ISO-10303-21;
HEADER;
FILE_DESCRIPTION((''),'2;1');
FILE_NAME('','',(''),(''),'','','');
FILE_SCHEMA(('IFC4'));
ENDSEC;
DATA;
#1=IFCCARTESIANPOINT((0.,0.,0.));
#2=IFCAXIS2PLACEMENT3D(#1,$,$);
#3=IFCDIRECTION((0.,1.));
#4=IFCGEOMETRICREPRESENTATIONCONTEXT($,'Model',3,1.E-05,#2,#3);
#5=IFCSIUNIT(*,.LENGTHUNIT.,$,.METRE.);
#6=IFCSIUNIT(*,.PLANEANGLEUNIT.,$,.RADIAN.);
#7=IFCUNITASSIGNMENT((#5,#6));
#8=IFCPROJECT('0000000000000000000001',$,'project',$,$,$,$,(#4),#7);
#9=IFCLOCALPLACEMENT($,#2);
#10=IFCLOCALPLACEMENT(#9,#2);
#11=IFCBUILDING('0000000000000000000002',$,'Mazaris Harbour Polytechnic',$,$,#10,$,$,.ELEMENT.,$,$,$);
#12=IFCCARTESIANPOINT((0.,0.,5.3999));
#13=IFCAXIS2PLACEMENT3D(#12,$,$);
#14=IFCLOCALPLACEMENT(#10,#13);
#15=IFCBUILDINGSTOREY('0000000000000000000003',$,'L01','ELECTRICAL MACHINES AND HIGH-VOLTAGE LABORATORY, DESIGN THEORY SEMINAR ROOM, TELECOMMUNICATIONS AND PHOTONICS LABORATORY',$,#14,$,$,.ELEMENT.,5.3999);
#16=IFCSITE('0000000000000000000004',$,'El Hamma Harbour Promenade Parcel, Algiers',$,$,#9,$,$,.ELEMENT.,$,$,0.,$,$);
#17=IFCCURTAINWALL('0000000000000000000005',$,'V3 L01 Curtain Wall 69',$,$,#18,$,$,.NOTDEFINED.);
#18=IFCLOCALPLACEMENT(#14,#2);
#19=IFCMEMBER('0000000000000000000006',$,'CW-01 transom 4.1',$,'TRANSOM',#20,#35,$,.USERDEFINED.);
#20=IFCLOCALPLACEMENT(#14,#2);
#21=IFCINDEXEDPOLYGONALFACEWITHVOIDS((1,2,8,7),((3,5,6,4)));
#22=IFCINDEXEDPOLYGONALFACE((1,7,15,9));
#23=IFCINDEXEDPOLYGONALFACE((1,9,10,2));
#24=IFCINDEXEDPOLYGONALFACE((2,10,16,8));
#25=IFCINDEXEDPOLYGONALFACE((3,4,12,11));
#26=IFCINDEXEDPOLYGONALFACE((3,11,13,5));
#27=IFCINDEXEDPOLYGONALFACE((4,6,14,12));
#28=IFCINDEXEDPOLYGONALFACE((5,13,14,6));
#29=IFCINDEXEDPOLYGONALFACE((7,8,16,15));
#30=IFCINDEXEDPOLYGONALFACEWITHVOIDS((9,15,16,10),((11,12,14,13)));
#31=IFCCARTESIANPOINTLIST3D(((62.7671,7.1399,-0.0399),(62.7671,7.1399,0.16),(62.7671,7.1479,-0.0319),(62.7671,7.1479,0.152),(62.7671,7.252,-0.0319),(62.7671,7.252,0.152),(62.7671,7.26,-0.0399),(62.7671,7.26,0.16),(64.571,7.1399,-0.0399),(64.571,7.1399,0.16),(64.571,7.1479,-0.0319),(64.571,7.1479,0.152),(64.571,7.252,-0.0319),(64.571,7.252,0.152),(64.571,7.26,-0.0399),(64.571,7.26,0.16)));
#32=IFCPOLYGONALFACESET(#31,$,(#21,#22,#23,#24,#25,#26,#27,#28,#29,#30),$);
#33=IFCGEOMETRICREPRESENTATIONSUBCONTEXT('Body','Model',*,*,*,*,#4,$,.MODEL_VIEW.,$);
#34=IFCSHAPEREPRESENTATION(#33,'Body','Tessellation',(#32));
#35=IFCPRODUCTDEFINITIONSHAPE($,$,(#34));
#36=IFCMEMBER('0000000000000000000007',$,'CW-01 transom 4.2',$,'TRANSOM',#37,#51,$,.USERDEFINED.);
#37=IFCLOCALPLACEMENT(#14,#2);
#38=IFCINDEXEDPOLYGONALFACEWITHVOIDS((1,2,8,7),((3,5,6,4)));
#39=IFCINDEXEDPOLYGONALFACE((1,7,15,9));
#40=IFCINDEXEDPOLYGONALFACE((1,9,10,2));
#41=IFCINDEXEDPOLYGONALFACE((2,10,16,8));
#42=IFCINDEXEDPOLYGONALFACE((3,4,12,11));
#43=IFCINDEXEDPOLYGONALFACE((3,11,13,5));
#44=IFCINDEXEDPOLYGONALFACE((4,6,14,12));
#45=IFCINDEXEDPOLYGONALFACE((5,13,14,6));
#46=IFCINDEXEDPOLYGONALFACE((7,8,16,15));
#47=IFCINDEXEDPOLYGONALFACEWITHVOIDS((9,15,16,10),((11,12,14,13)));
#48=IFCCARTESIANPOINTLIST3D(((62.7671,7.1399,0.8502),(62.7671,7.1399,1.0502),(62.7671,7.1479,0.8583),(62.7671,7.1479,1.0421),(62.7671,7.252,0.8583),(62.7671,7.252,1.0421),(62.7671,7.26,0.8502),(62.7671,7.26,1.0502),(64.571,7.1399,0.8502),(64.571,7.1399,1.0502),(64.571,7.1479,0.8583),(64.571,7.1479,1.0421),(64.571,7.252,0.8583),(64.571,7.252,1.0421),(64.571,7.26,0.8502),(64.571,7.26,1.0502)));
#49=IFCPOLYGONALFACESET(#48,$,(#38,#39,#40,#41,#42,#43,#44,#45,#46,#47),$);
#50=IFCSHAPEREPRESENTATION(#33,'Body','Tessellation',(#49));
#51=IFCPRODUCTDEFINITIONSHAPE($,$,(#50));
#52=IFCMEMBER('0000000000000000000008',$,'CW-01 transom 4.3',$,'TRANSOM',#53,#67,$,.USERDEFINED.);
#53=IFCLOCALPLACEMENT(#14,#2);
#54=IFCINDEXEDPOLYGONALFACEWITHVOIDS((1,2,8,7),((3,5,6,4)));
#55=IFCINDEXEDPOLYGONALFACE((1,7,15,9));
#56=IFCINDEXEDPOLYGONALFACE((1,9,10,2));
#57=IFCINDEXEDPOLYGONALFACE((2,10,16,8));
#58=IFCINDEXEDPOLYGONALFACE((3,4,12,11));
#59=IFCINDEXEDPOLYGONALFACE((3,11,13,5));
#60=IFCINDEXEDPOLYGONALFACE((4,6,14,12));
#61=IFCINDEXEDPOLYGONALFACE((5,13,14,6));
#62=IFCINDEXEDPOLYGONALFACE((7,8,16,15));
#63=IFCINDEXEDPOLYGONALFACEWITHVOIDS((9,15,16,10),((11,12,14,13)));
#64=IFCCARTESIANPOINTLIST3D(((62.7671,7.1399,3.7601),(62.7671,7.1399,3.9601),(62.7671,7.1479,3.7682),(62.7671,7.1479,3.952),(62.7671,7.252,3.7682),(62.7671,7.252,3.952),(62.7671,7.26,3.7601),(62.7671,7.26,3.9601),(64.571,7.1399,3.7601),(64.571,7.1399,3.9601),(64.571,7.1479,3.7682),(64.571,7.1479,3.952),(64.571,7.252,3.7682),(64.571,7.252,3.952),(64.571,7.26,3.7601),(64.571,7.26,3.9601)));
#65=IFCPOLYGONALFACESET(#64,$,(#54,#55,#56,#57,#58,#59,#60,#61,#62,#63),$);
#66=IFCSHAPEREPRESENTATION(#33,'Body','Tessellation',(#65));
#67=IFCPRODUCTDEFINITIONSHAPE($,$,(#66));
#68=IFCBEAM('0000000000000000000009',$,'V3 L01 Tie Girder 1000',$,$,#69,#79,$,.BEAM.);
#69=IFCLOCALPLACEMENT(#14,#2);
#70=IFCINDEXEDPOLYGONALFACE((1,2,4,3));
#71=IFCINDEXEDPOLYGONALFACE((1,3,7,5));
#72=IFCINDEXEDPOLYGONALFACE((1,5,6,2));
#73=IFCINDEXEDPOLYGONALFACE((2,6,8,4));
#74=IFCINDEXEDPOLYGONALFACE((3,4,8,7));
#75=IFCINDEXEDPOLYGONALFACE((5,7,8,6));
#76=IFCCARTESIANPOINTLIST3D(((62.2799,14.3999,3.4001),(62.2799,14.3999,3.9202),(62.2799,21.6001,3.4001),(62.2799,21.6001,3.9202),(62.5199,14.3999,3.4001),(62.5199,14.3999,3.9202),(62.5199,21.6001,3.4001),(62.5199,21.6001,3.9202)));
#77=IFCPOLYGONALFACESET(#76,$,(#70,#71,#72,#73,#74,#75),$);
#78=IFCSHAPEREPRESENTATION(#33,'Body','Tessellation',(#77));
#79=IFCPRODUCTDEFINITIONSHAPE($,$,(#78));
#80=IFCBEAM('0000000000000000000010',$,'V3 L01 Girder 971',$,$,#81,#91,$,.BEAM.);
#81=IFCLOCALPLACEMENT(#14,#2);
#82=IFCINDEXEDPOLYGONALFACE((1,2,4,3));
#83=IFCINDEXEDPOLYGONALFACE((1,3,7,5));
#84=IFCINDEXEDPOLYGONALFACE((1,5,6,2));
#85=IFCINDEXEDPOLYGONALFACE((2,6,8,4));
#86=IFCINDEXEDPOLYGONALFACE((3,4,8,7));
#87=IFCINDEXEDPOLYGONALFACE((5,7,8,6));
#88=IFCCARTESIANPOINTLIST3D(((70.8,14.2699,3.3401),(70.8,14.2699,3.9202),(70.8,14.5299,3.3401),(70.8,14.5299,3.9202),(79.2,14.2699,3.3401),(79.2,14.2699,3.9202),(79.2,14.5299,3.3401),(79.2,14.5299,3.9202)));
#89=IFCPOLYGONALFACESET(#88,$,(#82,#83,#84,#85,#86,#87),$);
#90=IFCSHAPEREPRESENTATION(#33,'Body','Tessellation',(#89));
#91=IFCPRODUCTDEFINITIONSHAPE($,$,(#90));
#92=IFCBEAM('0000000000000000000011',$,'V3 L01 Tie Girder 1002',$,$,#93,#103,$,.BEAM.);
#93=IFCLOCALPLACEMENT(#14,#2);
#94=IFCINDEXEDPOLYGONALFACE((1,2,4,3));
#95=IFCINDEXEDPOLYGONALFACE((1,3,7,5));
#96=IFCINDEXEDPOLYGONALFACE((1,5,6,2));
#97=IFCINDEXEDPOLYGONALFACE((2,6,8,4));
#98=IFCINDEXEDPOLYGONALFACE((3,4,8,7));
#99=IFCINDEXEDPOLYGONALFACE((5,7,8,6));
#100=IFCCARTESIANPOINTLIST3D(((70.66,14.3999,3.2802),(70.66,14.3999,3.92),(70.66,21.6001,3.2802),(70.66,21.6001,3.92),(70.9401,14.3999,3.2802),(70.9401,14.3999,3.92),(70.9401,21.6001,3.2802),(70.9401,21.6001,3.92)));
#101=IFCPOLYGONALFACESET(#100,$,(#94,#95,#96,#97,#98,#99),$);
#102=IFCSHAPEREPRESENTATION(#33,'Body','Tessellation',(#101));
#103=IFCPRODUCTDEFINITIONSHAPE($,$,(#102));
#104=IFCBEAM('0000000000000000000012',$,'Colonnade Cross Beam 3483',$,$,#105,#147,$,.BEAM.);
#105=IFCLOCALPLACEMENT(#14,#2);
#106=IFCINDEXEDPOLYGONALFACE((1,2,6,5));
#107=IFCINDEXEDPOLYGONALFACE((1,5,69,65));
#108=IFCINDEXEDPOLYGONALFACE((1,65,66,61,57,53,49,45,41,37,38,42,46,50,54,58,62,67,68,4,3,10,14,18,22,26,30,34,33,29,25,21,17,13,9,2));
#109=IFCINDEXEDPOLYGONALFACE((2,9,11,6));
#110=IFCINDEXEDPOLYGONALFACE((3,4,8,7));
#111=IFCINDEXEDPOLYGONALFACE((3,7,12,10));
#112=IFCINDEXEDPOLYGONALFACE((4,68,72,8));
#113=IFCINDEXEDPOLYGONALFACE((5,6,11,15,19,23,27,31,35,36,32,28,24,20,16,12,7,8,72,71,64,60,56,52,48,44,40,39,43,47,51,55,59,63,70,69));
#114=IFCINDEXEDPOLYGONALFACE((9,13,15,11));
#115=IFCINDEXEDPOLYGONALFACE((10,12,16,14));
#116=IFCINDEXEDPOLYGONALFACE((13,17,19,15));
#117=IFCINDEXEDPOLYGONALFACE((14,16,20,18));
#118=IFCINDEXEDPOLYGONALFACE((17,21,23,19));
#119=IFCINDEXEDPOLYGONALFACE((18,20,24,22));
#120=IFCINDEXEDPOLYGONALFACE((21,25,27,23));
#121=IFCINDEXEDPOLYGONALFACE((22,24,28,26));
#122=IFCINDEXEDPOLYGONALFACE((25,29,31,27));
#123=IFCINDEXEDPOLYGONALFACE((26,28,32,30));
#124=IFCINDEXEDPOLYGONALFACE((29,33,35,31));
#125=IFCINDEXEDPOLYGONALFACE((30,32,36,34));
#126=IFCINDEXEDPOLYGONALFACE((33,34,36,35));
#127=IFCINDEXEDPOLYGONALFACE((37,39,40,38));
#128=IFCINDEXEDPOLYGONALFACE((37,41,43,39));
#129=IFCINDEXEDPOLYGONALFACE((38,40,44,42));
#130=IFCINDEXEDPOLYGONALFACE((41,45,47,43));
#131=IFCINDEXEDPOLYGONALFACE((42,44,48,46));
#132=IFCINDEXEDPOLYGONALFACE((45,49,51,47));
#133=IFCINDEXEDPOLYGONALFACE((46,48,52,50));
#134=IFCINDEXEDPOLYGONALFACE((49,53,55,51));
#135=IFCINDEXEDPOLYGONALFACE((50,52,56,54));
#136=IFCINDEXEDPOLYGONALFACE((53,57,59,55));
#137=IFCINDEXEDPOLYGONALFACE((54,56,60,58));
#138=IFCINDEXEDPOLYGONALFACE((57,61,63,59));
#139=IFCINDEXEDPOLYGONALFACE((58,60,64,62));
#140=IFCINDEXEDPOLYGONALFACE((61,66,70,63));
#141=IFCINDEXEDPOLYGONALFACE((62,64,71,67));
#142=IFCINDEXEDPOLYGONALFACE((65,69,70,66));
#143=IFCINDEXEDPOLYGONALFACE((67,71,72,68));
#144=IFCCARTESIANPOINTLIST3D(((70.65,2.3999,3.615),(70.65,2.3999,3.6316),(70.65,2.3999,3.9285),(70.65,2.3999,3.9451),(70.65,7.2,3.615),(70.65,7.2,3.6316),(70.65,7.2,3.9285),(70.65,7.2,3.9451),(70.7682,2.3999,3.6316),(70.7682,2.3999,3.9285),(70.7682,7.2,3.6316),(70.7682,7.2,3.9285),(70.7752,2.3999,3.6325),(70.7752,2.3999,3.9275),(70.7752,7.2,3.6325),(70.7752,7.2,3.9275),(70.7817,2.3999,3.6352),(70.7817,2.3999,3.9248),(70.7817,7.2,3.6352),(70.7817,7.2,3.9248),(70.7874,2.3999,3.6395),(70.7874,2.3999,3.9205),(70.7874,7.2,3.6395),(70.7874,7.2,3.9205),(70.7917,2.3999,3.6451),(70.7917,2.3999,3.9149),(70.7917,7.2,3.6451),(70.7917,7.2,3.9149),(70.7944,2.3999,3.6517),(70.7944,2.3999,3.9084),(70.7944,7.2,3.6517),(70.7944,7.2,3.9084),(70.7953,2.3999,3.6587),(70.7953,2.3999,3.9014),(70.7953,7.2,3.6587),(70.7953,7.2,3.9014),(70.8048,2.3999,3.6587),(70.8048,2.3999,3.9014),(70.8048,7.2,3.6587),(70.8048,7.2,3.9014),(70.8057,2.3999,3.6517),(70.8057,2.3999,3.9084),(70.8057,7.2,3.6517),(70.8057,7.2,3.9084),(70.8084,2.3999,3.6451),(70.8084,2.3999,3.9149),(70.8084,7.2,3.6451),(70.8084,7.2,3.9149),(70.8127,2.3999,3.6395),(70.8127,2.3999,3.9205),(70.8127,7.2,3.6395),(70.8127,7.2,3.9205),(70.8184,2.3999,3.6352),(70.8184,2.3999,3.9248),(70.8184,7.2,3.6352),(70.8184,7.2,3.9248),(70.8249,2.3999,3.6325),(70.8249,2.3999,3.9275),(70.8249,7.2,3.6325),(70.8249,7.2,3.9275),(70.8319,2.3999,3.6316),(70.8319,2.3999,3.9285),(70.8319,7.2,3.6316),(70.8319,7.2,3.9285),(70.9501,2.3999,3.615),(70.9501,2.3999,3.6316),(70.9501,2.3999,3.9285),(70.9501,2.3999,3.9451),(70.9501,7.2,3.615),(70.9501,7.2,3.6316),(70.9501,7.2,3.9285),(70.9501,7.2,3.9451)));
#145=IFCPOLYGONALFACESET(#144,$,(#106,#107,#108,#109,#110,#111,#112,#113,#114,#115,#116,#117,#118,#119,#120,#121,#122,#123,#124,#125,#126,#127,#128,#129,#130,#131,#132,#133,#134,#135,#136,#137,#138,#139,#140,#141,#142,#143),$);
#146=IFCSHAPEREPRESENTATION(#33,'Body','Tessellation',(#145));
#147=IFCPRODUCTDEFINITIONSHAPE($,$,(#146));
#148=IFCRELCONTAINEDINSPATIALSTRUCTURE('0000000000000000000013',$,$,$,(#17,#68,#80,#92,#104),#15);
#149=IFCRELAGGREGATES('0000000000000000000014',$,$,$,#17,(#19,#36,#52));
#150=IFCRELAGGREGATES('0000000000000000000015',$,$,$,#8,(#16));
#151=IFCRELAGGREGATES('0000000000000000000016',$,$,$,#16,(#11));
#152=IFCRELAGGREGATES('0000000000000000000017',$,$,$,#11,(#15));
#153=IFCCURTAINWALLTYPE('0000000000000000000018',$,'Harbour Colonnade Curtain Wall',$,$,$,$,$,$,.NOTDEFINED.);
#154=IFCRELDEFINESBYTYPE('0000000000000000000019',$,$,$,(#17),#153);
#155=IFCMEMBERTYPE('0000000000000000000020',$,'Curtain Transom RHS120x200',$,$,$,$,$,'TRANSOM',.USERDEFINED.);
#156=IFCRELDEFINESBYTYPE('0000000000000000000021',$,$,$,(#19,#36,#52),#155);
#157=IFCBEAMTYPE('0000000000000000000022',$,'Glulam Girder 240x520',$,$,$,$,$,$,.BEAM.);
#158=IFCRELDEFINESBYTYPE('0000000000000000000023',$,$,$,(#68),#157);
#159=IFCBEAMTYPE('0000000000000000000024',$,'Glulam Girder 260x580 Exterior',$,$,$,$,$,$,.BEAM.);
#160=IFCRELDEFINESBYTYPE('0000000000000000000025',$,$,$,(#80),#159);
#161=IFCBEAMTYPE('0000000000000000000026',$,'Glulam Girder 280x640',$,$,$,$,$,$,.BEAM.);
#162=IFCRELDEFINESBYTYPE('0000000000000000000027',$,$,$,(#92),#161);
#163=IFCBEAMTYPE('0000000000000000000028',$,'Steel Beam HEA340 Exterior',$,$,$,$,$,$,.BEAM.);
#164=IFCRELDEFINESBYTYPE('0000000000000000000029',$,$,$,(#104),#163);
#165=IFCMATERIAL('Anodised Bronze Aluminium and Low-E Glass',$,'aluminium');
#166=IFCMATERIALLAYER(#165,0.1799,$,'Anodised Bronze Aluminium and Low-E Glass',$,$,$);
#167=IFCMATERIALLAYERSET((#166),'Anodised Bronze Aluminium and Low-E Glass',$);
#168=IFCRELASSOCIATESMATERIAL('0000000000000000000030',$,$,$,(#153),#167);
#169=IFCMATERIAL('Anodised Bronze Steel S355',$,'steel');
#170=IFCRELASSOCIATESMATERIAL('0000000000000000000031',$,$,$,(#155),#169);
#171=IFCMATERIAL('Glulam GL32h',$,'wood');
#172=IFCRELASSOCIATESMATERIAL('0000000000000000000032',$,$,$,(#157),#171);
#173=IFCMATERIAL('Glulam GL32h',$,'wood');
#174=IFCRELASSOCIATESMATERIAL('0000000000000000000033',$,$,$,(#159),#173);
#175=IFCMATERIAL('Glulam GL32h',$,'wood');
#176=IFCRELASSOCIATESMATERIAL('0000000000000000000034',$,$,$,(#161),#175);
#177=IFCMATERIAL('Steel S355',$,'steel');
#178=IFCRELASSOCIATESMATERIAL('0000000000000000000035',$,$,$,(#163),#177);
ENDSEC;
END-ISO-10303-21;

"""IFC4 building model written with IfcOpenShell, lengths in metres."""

from ifc_helpers import new_model, si_unit, direction, frame, origin, origin_2d, place, context, subcontext, project, spatial, rectangle, hollow_rectangle, i_section, extrude, material, layer, layer_set, material_profile, profile_set, type_object, element, aggregate, save


model = new_model("IFC4")

# Units and contexts
model_context = context("Model", 3, precision=1e-05, world=origin(), true_north=direction((0.0, 1.0)))
body_context = subcontext(model_context, "Body", "Model", "MODEL_VIEW")
ifc_project = project(units=[si_unit("LENGTHUNIT", "METRE"), si_unit("PLANEANGLEUNIT", "RADIAN")], contexts=[model_context])

# Site, building, storey
site_placement = place(None, origin())
site = spatial("IfcSite", under=ifc_project, at=site_placement, Name="El Hamma Harbour Promenade Parcel, Algiers", CompositionType="ELEMENT", RefElevation=0.0)
building_placement = place(site_placement, origin())
building = spatial("IfcBuilding", under=site, at=building_placement, Name="Mazaris Harbour Polytechnic", CompositionType="ELEMENT")
storey_placement = place(building_placement, frame((0.0, 0.0, 5.3999)))
storey = spatial("IfcBuildingStorey", under=building, at=storey_placement, Name="L01", Description="ELECTRICAL MACHINES AND HIGH-VOLTAGE LABORATORY, DESIGN THEORY SEMINAR ROOM, TELECOMMUNICATIONS AND PHOTONICS LABORATORY", CompositionType="ELEMENT", Elevation=5.3999)

# Curtain wall, members
ifc_material_1 = material(Name="Anodised Bronze Aluminium and Low-E Glass", Category="aluminium")
ifc_layer_1 = layer(ifc_material_1, 0.1799, Name="Anodised Bronze Aluminium and Low-E Glass")
ifc_layer_set_1 = layer_set([ifc_layer_1], Name="Anodised Bronze Aluminium and Low-E Glass")
curtain_wall_type = type_object("IfcCurtainWallType", Name="Harbour Colonnade Curtain Wall", PredefinedType="NOTDEFINED", material=ifc_layer_set_1)
curtain_wall_placement = place(storey_placement, origin())
curtain_wall = element("IfcCurtainWall", 1, at=curtain_wall_placement, inside=storey, type_object=curtain_wall_type, Name="V3 L01 Curtain Wall 69", PredefinedType="NOTDEFINED")
ifc_material_2 = material(Name="Anodised Bronze Steel S355", Category="steel")
ifc_material_profile_1 = material_profile(ifc_material_2, hollow_rectangle(XDim=0.1201, YDim=0.2, WallThickness=0.0081, at=origin_2d()), Name="RHS 120x200x8.0")
ifc_profile_set_1 = profile_set([ifc_material_profile_1], Name="Anodised Bronze Steel S355")
member_type_1 = type_object("IfcMemberType", Name="Curtain Transom RHS120x200", ElementType="TRANSOM", PredefinedType="USERDEFINED", material=ifc_profile_set_1)
member_1_placement = place(storey_placement, frame((64.571, 7.2, 0.0601), z_axis=(-1.0, 0.0, 0.0), x_axis=(0.0, -1.0, 0.0)))
member_1 = element("IfcMember", 2, at=member_1_placement, type_object=member_type_1, Name="CW-01 transom 4.1", ObjectType="TRANSOM", PredefinedType="USERDEFINED", context=body_context, shape_type="SweptSolid", body=[
    extrude(hollow_rectangle(XDim=0.1201, YDim=0.2, WallThickness=0.0081, at=origin_2d()), origin(), (0.0, 0.0, 1.0), 1.804),
])
member_2_placement = place(storey_placement, frame((64.571, 7.2, 0.9502), z_axis=(-1.0, 0.0, 0.0), x_axis=(0.0, -1.0, 0.0)))
member_2 = element("IfcMember", 3, at=member_2_placement, type_object=member_type_1, Name="CW-01 transom 4.2", ObjectType="TRANSOM", PredefinedType="USERDEFINED", context=body_context, shape_type="SweptSolid", body=[
    extrude(hollow_rectangle(XDim=0.1201, YDim=0.2, WallThickness=0.0081, at=origin_2d()), origin(), (0.0, 0.0, 1.0), 1.804),
])
member_3_placement = place(storey_placement, frame((64.571, 7.2, 3.8601), z_axis=(-1.0, 0.0, 0.0), x_axis=(0.0, -1.0, 0.0)))
member_3 = element("IfcMember", 4, at=member_3_placement, type_object=member_type_1, Name="CW-01 transom 4.3", ObjectType="TRANSOM", PredefinedType="USERDEFINED", context=body_context, shape_type="SweptSolid", body=[
    extrude(hollow_rectangle(XDim=0.1201, YDim=0.2, WallThickness=0.0081, at=origin_2d()), origin(), (0.0, 0.0, 1.0), 1.804),
])

# Beams
ifc_material_3 = material(Name="Glulam GL32h", Category="wood")
ifc_material_profile_2 = material_profile(ifc_material_3, rectangle(XDim=0.24, YDim=0.52, at=origin_2d()), Name="RECT240x520")
ifc_profile_set_2 = profile_set([ifc_material_profile_2], Name="Glulam GL32h")
beam_type_1 = type_object("IfcBeamType", Name="Glulam Girder 240x520", PredefinedType="BEAM", material=ifc_profile_set_2)
beam_1_placement = place(storey_placement, frame((62.3999, 14.3999, 3.6602), z_axis=(0.0, 1.0, 0.0), x_axis=(-1.0, 0.0, 0.0)))
element("IfcBeam", 5, at=beam_1_placement, inside=storey, type_object=beam_type_1, Name="V3 L01 Tie Girder 1000", PredefinedType="BEAM", context=body_context, shape_type="SweptSolid", body=[
    extrude(rectangle(XDim=0.24, YDim=0.52, at=origin_2d()), origin(), (0.0, 0.0, 1.0), 7.2002),
])
ifc_material_4 = material(Name="Glulam GL32h", Category="wood")
ifc_material_profile_3 = material_profile(ifc_material_4, rectangle(XDim=0.26, YDim=0.5801, at=origin_2d()), Name="RECT260x580")
ifc_profile_set_3 = profile_set([ifc_material_profile_3], Name="Glulam GL32h")
beam_type_2 = type_object("IfcBeamType", Name="Glulam Girder 260x580 Exterior", PredefinedType="BEAM", material=ifc_profile_set_3)
beam_2_placement = place(storey_placement, frame((70.8, 14.3999, 3.6301), z_axis=(1.0, 0.0, 0.0), x_axis=(0.0, 1.0, 0.0)))
element("IfcBeam", 6, at=beam_2_placement, inside=storey, type_object=beam_type_2, Name="V3 L01 Girder 971", PredefinedType="BEAM", context=body_context, shape_type="SweptSolid", body=[
    extrude(rectangle(XDim=0.26, YDim=0.5801, at=origin_2d()), origin(), (0.0, 0.0, 1.0), 8.3999),
])
ifc_material_5 = material(Name="Glulam GL32h", Category="wood")
ifc_material_profile_4 = material_profile(ifc_material_5, rectangle(XDim=0.28, YDim=0.6399, at=origin_2d()), Name="RECT280x640")
ifc_profile_set_4 = profile_set([ifc_material_profile_4], Name="Glulam GL32h")
beam_type_3 = type_object("IfcBeamType", Name="Glulam Girder 280x640", PredefinedType="BEAM", material=ifc_profile_set_4)
beam_3_placement = place(storey_placement, frame((70.8, 14.3999, 3.6001), z_axis=(0.0, 1.0, 0.0), x_axis=(-1.0, 0.0, 0.0)))
element("IfcBeam", 7, at=beam_3_placement, inside=storey, type_object=beam_type_3, Name="V3 L01 Tie Girder 1002", PredefinedType="BEAM", context=body_context, shape_type="SweptSolid", body=[
    extrude(rectangle(XDim=0.28, YDim=0.6399, at=origin_2d()), origin(), (0.0, 0.0, 1.0), 7.2002),
])
ifc_material_6 = material(Name="Steel S355", Category="steel")
ifc_material_profile_5 = material_profile(ifc_material_6, i_section(OverallWidth=0.3, OverallDepth=0.3301, WebThickness=0.0095, FlangeThickness=0.0166, FilletRadius=0.0271, at=origin_2d()), Name="HEA 340")
ifc_profile_set_5 = profile_set([ifc_material_profile_5], Name="Steel S355")
beam_type_4 = type_object("IfcBeamType", Name="Steel Beam HEA340 Exterior", PredefinedType="BEAM", material=ifc_profile_set_5)
beam_4_placement = place(storey_placement, frame((70.8, 2.3999, 3.78), z_axis=(0.0, 1.0, 0.0), x_axis=(-1.0, 0.0, 0.0)))
element("IfcBeam", 8, at=beam_4_placement, inside=storey, type_object=beam_type_4, Name="Colonnade Cross Beam 3483", PredefinedType="BEAM", context=body_context, shape_type="SweptSolid", body=[
    extrude(i_section(OverallWidth=0.3, OverallDepth=0.3301, WebThickness=0.0095, FlangeThickness=0.0166, FilletRadius=0.0271, at=origin_2d()), origin(), (0.0, 0.0, 1.0), 4.8),
])

aggregate(curtain_wall, [member_1, member_2, member_3])

save(model, "model.ifc")
